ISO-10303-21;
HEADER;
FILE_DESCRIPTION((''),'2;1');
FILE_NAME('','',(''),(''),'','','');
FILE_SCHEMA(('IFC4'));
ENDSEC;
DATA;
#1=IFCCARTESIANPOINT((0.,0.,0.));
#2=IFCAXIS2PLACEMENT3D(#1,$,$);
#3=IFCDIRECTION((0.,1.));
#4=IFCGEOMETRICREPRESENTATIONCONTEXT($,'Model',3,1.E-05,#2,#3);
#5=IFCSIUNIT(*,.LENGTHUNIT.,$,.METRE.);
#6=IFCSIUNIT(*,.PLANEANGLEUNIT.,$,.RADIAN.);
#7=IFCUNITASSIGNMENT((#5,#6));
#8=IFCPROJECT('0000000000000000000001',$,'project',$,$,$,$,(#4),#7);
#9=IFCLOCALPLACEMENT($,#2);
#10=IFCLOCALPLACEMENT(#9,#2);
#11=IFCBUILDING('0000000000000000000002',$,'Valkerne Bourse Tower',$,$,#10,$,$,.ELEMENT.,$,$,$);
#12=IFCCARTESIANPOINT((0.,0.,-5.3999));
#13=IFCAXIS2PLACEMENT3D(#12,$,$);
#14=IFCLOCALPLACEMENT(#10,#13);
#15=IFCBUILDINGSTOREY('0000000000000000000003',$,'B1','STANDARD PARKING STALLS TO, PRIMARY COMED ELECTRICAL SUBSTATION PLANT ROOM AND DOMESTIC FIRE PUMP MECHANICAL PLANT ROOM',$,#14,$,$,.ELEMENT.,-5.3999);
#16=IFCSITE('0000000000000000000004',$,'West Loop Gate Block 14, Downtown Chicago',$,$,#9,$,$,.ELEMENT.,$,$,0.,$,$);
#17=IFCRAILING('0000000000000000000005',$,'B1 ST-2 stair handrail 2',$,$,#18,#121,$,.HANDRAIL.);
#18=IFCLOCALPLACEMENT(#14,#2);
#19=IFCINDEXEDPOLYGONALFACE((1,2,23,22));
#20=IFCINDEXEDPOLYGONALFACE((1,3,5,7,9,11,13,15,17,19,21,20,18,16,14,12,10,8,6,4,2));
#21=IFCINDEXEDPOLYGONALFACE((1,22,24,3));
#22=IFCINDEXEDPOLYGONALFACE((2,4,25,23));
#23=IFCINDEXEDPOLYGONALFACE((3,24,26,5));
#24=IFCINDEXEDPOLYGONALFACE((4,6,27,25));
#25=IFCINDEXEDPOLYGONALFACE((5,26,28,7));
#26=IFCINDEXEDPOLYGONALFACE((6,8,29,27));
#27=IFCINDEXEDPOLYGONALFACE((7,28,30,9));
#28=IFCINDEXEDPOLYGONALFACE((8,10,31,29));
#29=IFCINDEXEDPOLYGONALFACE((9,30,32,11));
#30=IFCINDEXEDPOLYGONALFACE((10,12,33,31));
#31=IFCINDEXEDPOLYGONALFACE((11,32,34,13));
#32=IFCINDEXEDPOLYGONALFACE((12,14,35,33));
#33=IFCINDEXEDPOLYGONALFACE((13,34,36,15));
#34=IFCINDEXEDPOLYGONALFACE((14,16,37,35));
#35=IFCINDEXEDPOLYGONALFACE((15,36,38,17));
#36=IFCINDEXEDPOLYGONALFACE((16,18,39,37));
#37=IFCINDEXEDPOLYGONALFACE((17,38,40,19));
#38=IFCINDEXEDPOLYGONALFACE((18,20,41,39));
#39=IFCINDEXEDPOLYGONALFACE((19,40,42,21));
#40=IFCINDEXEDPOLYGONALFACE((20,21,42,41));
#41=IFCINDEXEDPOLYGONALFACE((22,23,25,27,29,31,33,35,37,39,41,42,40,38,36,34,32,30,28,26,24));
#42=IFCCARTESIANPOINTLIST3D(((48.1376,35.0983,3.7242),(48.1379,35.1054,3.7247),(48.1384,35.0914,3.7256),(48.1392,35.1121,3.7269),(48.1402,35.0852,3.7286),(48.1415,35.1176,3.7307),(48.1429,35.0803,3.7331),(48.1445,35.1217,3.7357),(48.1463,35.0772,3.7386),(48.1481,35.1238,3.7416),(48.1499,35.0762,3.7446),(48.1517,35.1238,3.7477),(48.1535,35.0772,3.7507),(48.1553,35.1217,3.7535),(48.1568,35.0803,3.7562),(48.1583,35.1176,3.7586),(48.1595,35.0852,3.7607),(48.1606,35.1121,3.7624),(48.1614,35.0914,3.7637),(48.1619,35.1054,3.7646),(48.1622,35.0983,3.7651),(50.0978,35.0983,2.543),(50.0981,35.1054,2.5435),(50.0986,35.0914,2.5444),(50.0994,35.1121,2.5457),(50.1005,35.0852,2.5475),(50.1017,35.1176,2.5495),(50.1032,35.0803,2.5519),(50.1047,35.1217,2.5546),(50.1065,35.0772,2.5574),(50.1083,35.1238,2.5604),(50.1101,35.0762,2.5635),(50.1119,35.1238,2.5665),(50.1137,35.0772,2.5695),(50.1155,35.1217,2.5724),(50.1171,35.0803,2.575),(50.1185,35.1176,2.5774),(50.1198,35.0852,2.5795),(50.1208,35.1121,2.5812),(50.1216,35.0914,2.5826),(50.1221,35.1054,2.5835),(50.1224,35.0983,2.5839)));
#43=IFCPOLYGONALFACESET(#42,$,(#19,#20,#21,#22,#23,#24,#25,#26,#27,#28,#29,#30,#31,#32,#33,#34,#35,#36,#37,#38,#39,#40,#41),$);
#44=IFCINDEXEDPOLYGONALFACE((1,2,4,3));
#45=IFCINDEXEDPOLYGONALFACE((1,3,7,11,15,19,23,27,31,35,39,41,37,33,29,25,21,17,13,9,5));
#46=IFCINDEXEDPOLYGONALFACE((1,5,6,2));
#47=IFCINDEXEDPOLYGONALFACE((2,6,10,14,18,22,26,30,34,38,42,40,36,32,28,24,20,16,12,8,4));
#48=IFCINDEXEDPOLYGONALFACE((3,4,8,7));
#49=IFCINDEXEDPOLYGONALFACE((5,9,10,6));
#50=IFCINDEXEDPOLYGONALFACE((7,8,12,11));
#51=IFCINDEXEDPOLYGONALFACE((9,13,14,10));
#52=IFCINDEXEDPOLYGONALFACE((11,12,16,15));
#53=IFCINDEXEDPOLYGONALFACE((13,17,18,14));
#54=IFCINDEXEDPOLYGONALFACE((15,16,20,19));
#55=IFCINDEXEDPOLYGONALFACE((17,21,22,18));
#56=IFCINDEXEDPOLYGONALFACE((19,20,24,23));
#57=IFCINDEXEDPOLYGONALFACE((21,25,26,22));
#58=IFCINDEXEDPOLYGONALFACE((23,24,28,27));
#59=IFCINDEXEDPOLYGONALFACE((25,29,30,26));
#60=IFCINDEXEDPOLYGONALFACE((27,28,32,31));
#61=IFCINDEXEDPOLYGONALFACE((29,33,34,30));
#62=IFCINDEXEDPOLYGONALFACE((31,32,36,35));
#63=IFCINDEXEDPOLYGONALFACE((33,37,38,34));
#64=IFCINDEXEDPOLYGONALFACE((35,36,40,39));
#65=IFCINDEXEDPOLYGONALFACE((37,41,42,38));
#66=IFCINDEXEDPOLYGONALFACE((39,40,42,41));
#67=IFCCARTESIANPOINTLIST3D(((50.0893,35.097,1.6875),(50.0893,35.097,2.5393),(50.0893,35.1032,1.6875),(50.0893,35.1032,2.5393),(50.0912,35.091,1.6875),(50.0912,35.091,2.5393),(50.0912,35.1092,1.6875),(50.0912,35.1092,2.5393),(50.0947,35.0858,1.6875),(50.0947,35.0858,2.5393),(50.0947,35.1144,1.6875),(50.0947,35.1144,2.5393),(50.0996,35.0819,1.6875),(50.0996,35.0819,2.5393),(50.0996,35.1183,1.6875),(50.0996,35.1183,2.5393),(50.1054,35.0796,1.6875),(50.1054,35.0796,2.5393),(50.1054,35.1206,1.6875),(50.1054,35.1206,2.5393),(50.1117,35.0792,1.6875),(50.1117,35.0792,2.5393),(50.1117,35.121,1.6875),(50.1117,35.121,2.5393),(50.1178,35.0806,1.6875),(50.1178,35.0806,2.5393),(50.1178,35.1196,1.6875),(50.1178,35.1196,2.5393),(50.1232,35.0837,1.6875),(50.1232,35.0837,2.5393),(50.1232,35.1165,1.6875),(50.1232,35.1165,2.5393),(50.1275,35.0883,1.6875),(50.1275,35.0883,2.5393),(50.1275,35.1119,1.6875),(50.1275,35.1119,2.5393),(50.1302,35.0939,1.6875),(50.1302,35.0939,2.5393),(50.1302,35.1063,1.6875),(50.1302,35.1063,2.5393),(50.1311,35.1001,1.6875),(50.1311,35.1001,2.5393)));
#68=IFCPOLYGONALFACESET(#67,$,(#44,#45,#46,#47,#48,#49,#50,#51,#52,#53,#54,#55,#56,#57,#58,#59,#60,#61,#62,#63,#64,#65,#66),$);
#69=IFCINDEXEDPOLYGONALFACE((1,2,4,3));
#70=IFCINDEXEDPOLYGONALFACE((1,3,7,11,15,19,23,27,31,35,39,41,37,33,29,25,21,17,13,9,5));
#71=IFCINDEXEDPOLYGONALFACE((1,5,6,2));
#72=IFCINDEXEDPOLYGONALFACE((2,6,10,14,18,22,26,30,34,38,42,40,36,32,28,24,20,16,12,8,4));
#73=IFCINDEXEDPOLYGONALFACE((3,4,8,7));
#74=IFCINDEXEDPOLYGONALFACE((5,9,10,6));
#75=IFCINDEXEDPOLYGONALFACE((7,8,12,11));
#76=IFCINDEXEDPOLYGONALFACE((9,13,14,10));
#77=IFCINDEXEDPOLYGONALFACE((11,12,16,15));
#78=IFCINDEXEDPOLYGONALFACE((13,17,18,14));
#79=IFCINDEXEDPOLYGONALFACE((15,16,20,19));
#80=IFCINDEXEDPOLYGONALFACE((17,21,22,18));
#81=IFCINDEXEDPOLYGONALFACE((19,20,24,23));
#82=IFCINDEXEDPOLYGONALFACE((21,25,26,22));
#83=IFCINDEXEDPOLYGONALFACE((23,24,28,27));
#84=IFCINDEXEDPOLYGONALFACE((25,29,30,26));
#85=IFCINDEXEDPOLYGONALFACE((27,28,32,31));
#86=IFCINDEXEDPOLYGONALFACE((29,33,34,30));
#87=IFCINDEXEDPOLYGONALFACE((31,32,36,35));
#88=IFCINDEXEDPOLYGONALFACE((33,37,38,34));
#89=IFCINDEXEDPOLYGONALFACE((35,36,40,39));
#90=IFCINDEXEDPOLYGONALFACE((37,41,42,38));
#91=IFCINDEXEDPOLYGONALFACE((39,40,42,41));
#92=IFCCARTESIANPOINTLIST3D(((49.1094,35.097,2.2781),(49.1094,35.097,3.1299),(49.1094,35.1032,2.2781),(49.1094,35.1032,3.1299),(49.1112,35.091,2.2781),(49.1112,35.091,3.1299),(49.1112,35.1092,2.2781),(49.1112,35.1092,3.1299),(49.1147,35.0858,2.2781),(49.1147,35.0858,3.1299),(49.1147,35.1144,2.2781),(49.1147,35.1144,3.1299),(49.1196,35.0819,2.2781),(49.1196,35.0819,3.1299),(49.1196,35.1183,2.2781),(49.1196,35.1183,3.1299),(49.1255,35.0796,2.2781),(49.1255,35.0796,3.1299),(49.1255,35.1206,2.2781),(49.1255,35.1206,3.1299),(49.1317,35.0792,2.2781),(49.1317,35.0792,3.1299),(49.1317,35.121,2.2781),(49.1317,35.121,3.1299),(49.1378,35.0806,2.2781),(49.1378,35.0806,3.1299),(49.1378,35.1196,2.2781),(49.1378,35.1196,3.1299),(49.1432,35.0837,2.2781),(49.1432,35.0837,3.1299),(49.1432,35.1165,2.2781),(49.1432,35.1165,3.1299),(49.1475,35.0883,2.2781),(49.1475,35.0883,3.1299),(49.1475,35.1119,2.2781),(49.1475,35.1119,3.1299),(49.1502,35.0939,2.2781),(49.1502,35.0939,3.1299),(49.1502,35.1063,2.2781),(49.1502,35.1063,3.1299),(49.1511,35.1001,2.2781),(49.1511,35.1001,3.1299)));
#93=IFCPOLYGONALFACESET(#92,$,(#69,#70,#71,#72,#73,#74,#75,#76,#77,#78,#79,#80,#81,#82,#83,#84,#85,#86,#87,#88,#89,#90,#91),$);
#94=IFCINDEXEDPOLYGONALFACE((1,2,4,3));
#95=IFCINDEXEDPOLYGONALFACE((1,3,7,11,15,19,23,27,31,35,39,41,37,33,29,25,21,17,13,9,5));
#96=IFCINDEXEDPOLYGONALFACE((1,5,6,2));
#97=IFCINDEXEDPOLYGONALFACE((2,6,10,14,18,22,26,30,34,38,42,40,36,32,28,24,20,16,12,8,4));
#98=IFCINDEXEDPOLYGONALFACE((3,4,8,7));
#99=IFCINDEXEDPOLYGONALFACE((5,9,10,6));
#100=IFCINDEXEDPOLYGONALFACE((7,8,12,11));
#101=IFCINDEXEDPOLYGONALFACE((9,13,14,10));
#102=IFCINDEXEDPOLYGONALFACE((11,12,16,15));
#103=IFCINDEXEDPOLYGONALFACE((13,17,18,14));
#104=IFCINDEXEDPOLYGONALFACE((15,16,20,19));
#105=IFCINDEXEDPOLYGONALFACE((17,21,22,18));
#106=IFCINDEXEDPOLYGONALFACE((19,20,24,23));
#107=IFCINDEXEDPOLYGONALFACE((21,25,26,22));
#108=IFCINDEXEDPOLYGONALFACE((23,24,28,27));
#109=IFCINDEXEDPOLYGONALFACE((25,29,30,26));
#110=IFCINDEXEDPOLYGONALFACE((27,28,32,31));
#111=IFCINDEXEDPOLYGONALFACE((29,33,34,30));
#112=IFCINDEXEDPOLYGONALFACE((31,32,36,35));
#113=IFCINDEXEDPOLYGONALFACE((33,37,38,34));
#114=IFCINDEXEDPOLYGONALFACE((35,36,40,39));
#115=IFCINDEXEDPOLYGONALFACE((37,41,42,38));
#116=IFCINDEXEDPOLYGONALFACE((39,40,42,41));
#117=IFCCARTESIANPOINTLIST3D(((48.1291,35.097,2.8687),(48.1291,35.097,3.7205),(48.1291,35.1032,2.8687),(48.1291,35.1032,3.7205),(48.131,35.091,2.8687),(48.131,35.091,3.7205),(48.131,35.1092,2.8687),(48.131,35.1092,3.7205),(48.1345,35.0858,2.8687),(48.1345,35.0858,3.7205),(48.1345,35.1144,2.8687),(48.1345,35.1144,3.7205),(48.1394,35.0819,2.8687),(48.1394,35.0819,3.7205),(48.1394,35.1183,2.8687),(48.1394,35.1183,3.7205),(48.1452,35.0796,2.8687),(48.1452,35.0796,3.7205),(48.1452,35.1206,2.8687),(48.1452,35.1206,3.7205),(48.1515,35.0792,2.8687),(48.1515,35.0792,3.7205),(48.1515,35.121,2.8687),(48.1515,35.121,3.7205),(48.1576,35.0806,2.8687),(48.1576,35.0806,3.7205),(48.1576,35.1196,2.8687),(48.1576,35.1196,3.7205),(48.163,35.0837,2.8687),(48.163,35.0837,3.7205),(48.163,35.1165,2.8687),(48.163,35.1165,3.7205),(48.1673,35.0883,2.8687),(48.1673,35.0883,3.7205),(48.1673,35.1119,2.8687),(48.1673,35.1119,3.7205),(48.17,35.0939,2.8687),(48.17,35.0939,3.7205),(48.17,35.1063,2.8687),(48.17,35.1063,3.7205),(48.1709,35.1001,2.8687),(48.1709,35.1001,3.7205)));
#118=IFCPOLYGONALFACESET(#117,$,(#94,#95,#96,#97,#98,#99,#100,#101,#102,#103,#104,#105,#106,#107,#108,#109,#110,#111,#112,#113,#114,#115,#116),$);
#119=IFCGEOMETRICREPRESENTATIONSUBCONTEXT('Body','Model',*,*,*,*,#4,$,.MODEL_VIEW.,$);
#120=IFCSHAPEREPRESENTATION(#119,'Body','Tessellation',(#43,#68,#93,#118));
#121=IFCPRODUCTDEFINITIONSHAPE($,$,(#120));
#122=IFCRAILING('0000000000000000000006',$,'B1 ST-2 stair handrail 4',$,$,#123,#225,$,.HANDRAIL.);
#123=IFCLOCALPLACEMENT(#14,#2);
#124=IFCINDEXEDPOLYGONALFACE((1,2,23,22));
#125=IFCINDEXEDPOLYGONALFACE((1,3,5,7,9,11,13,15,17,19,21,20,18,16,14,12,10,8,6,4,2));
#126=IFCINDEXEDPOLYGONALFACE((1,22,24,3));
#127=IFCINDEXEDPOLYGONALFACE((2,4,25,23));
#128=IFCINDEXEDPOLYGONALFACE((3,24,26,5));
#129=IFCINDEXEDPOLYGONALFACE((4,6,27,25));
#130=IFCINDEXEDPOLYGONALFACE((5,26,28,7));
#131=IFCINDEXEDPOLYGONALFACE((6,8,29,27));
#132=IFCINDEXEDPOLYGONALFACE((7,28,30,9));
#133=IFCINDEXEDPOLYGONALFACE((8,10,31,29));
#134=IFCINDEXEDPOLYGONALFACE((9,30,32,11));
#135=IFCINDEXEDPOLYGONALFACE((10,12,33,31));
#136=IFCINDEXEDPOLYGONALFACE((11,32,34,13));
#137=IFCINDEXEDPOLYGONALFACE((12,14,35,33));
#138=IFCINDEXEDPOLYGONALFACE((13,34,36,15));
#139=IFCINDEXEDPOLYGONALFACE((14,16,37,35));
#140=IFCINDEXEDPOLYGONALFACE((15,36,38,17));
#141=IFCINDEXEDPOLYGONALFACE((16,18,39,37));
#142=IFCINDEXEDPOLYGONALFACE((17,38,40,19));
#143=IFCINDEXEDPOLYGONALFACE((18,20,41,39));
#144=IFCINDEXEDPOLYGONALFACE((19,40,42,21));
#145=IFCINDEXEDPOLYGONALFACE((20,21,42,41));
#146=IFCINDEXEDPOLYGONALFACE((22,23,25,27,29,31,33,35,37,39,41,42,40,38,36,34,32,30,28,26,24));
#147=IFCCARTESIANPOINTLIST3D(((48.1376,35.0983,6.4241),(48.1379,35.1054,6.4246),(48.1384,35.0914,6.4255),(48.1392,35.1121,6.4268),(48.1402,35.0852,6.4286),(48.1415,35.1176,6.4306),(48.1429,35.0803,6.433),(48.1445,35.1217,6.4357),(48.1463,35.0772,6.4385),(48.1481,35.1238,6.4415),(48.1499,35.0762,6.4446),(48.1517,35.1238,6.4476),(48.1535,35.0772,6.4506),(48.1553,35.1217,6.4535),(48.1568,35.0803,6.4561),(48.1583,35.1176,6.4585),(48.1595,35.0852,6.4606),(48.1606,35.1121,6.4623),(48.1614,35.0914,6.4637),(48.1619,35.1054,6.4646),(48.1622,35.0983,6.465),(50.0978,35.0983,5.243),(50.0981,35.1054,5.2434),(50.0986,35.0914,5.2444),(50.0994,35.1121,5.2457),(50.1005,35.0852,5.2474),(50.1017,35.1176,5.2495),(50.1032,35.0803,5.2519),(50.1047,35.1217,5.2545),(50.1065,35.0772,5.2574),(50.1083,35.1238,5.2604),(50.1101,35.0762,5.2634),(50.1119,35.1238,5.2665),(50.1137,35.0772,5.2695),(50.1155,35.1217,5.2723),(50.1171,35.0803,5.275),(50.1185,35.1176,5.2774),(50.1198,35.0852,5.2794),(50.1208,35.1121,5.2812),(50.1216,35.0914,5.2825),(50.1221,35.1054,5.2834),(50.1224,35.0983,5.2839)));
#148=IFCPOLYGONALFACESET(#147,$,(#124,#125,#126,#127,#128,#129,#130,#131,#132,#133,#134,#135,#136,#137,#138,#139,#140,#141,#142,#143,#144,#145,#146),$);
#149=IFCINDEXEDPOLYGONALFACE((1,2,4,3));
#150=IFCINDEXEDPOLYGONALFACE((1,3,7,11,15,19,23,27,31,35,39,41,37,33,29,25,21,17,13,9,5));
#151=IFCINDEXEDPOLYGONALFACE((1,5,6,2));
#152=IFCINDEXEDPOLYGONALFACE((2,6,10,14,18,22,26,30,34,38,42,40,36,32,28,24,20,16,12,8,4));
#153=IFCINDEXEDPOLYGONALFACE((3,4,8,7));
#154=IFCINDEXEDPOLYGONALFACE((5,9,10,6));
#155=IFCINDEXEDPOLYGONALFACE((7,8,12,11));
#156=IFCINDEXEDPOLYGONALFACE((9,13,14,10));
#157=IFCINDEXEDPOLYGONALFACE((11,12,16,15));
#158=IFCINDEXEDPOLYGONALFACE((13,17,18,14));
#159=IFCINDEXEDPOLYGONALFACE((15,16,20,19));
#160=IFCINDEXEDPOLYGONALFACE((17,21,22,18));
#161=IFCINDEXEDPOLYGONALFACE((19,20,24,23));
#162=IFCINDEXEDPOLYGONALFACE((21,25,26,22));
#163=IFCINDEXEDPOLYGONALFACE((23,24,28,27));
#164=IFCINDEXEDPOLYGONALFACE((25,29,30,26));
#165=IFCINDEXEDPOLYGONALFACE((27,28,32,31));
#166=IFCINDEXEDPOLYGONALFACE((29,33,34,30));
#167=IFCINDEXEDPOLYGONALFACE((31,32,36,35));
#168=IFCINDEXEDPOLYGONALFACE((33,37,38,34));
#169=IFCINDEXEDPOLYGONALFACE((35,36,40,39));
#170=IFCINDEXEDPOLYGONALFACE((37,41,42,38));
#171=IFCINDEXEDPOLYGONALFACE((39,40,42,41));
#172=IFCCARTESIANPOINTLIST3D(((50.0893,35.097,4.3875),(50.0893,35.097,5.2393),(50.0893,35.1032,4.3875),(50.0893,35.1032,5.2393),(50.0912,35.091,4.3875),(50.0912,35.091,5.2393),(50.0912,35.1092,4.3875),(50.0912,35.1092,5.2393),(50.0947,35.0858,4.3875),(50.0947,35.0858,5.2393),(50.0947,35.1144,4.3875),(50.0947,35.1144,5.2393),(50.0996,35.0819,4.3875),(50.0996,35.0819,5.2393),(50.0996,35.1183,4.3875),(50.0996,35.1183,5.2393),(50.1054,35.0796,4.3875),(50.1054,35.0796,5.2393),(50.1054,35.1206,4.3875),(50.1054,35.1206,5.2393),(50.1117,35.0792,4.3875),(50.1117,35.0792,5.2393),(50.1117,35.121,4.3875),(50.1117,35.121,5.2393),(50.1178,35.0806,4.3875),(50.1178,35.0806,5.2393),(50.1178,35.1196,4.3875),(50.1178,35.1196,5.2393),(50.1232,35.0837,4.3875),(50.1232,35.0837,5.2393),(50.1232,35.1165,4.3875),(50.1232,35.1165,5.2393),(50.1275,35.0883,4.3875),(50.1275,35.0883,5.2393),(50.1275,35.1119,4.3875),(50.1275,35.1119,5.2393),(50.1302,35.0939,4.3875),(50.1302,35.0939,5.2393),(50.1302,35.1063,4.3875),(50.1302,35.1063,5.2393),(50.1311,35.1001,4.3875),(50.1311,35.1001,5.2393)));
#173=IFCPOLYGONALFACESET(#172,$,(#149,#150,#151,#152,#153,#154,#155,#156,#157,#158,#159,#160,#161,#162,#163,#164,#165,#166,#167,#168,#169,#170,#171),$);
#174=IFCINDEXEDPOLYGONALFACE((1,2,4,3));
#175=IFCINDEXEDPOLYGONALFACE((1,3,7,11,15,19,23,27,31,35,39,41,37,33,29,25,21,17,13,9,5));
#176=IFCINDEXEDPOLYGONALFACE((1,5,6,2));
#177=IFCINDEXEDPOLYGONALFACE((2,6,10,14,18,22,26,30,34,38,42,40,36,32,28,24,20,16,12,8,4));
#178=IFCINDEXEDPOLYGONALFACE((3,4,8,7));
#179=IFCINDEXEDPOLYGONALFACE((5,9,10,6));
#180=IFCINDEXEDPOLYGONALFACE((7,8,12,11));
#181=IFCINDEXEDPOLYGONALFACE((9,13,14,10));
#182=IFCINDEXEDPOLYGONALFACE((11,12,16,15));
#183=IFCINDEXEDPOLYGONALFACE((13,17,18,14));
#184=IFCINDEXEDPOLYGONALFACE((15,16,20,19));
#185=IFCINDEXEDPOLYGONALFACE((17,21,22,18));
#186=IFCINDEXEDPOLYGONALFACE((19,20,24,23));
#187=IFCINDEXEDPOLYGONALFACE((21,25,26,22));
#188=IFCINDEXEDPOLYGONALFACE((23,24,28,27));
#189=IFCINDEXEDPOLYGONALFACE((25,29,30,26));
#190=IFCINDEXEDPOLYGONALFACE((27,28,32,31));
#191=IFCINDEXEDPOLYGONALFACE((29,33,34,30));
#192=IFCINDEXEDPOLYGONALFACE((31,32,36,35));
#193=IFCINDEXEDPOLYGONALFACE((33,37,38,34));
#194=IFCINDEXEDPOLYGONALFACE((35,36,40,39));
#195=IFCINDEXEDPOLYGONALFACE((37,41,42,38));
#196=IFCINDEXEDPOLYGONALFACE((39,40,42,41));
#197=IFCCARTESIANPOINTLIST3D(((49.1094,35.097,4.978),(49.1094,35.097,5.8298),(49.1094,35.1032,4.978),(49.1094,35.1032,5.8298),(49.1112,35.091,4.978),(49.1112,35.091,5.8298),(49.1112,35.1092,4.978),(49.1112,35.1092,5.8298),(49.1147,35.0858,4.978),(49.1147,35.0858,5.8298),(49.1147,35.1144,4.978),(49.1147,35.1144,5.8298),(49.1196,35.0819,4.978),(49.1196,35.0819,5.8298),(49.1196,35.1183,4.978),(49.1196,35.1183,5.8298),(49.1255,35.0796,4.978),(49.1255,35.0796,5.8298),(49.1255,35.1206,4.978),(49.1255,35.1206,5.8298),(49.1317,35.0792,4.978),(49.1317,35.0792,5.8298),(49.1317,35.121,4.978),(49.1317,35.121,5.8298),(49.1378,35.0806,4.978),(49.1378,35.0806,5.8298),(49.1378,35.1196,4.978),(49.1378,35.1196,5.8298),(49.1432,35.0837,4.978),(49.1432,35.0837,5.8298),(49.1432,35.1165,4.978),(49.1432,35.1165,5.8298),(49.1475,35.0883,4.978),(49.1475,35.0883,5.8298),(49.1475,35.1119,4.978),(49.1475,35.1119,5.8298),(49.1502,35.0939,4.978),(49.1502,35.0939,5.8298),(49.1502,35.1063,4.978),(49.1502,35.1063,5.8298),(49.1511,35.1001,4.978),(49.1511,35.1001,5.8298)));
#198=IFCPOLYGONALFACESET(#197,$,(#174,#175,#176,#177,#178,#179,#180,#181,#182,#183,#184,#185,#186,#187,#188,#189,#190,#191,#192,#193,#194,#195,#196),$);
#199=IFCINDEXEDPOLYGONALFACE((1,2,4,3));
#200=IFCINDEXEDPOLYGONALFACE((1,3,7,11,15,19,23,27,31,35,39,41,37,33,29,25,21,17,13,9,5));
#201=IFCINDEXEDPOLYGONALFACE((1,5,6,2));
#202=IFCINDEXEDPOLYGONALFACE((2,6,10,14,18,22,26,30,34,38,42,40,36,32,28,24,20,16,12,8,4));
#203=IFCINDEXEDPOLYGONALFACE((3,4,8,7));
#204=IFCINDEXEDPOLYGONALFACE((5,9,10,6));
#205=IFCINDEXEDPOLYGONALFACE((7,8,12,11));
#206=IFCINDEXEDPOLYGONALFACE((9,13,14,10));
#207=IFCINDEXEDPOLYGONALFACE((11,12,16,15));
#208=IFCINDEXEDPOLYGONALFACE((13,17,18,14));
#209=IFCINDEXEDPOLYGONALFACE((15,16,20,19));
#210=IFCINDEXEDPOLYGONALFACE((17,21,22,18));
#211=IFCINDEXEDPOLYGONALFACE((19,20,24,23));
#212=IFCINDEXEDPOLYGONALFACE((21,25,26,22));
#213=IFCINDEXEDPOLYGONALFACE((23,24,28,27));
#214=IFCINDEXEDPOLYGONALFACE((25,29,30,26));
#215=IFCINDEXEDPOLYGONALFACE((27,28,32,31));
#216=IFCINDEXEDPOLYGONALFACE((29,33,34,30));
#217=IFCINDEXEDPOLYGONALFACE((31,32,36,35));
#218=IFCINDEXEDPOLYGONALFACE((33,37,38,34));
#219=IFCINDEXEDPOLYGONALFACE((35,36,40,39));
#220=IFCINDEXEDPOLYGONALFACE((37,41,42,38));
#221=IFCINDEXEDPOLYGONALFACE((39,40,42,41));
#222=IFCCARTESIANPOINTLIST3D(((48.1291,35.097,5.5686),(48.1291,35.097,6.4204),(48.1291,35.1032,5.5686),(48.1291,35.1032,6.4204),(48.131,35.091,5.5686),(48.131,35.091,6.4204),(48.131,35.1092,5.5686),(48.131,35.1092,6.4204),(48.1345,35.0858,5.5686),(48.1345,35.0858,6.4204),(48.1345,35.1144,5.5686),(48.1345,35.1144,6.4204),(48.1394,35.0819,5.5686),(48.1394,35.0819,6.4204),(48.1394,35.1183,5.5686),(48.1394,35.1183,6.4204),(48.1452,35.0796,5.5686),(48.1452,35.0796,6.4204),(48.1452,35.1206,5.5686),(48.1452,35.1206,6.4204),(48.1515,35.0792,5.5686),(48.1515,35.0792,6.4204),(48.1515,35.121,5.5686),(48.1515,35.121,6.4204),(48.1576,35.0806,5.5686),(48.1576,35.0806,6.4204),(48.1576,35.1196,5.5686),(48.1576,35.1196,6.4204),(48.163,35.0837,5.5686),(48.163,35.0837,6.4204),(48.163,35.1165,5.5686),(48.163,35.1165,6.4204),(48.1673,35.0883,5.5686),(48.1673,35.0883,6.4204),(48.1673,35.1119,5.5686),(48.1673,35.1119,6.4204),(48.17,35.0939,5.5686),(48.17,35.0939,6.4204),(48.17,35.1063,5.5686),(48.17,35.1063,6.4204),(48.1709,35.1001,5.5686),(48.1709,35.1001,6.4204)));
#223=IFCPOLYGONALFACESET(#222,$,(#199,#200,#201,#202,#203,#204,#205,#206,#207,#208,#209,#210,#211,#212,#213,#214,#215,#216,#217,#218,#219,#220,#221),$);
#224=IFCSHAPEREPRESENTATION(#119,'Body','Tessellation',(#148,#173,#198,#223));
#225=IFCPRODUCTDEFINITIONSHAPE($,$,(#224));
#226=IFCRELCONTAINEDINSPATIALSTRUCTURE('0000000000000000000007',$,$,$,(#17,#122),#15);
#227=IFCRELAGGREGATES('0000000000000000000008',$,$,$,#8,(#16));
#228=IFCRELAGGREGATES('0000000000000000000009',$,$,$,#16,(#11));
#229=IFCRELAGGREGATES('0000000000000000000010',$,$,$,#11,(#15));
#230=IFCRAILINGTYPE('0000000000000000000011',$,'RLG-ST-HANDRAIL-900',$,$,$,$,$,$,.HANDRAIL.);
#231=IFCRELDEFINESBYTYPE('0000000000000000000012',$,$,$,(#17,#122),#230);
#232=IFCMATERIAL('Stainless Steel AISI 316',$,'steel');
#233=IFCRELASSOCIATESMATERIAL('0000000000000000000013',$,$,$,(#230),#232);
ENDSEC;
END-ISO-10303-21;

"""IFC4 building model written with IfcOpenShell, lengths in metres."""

from ifc_helpers import new_model, si_unit, direction, frame, origin, origin_2d, place, context, subcontext, project, spatial, circle, extrude, material, type_object, element, save


model = new_model("IFC4")

# Units and contexts
model_context = context("Model", 3, precision=1e-05, world=origin(), true_north=direction((0.0, 1.0)))
body_context = subcontext(model_context, "Body", "Model", "MODEL_VIEW")
ifc_project = project(units=[si_unit("LENGTHUNIT", "METRE"), si_unit("PLANEANGLEUNIT", "RADIAN")], contexts=[model_context])

# Site, building, storey
site_placement = place(None, origin())
site = spatial("IfcSite", under=ifc_project, at=site_placement, Name="West Loop Gate Block 14, Downtown Chicago", CompositionType="ELEMENT", RefElevation=0.0)
building_placement = place(site_placement, origin())
building = spatial("IfcBuilding", under=site, at=building_placement, Name="Valkerne Bourse Tower", CompositionType="ELEMENT")
storey_placement = place(building_placement, frame((0.0, 0.0, -5.3999)))
storey = spatial("IfcBuildingStorey", under=building, at=storey_placement, Name="B1", Description="STANDARD PARKING STALLS TO, PRIMARY COMED ELECTRICAL SUBSTATION PLANT ROOM AND DOMESTIC FIRE PUMP MECHANICAL PLANT ROOM", CompositionType="ELEMENT", Elevation=-5.3999)

# Railings
ifc_material_1 = material(Name="Stainless Steel AISI 316", Category="steel")
railing_type_1 = type_object("IfcRailingType", Name="RLG-ST-HANDRAIL-900", PredefinedType="HANDRAIL", material=ifc_material_1)
for number, where, name in (
    (1, (50.1101, 35.1001, 1.6875), "B1 ST-2 stair handrail 2"),
    (2, (50.1101, 35.1001, 4.3875), "B1 ST-2 stair handrail 4"),
):
    element("IfcRailing", number, at=place(storey_placement, frame(where)), inside=storey, type_object=railing_type_1, Name=name, PredefinedType="HANDRAIL", context=body_context, shape_type="SweptSolid", body=[
        extrude(circle(Radius=0.0239, at=origin_2d()), frame((0.0, 0.0, 0.876), z_axis=(-0.856522, 0.0, 0.516111), x_axis=(0.0, -1.0, 0.0)), (0.0, 0.0, 1.0), 2.2886),
        extrude(circle(Radius=0.021, at=origin_2d()), origin(), (0.0, 0.0, 1.0), 0.8518),
        extrude(circle(Radius=0.021, at=origin_2d()), frame((-0.98, 0.0, 0.5906)), (0.0, 0.0, 1.0), 0.8518),
        extrude(circle(Radius=0.021, at=origin_2d()), frame((-1.9602, 0.0, 1.1812)), (0.0, 0.0, 1.0), 0.8518),
    ])

save(model, "model.ifc")
